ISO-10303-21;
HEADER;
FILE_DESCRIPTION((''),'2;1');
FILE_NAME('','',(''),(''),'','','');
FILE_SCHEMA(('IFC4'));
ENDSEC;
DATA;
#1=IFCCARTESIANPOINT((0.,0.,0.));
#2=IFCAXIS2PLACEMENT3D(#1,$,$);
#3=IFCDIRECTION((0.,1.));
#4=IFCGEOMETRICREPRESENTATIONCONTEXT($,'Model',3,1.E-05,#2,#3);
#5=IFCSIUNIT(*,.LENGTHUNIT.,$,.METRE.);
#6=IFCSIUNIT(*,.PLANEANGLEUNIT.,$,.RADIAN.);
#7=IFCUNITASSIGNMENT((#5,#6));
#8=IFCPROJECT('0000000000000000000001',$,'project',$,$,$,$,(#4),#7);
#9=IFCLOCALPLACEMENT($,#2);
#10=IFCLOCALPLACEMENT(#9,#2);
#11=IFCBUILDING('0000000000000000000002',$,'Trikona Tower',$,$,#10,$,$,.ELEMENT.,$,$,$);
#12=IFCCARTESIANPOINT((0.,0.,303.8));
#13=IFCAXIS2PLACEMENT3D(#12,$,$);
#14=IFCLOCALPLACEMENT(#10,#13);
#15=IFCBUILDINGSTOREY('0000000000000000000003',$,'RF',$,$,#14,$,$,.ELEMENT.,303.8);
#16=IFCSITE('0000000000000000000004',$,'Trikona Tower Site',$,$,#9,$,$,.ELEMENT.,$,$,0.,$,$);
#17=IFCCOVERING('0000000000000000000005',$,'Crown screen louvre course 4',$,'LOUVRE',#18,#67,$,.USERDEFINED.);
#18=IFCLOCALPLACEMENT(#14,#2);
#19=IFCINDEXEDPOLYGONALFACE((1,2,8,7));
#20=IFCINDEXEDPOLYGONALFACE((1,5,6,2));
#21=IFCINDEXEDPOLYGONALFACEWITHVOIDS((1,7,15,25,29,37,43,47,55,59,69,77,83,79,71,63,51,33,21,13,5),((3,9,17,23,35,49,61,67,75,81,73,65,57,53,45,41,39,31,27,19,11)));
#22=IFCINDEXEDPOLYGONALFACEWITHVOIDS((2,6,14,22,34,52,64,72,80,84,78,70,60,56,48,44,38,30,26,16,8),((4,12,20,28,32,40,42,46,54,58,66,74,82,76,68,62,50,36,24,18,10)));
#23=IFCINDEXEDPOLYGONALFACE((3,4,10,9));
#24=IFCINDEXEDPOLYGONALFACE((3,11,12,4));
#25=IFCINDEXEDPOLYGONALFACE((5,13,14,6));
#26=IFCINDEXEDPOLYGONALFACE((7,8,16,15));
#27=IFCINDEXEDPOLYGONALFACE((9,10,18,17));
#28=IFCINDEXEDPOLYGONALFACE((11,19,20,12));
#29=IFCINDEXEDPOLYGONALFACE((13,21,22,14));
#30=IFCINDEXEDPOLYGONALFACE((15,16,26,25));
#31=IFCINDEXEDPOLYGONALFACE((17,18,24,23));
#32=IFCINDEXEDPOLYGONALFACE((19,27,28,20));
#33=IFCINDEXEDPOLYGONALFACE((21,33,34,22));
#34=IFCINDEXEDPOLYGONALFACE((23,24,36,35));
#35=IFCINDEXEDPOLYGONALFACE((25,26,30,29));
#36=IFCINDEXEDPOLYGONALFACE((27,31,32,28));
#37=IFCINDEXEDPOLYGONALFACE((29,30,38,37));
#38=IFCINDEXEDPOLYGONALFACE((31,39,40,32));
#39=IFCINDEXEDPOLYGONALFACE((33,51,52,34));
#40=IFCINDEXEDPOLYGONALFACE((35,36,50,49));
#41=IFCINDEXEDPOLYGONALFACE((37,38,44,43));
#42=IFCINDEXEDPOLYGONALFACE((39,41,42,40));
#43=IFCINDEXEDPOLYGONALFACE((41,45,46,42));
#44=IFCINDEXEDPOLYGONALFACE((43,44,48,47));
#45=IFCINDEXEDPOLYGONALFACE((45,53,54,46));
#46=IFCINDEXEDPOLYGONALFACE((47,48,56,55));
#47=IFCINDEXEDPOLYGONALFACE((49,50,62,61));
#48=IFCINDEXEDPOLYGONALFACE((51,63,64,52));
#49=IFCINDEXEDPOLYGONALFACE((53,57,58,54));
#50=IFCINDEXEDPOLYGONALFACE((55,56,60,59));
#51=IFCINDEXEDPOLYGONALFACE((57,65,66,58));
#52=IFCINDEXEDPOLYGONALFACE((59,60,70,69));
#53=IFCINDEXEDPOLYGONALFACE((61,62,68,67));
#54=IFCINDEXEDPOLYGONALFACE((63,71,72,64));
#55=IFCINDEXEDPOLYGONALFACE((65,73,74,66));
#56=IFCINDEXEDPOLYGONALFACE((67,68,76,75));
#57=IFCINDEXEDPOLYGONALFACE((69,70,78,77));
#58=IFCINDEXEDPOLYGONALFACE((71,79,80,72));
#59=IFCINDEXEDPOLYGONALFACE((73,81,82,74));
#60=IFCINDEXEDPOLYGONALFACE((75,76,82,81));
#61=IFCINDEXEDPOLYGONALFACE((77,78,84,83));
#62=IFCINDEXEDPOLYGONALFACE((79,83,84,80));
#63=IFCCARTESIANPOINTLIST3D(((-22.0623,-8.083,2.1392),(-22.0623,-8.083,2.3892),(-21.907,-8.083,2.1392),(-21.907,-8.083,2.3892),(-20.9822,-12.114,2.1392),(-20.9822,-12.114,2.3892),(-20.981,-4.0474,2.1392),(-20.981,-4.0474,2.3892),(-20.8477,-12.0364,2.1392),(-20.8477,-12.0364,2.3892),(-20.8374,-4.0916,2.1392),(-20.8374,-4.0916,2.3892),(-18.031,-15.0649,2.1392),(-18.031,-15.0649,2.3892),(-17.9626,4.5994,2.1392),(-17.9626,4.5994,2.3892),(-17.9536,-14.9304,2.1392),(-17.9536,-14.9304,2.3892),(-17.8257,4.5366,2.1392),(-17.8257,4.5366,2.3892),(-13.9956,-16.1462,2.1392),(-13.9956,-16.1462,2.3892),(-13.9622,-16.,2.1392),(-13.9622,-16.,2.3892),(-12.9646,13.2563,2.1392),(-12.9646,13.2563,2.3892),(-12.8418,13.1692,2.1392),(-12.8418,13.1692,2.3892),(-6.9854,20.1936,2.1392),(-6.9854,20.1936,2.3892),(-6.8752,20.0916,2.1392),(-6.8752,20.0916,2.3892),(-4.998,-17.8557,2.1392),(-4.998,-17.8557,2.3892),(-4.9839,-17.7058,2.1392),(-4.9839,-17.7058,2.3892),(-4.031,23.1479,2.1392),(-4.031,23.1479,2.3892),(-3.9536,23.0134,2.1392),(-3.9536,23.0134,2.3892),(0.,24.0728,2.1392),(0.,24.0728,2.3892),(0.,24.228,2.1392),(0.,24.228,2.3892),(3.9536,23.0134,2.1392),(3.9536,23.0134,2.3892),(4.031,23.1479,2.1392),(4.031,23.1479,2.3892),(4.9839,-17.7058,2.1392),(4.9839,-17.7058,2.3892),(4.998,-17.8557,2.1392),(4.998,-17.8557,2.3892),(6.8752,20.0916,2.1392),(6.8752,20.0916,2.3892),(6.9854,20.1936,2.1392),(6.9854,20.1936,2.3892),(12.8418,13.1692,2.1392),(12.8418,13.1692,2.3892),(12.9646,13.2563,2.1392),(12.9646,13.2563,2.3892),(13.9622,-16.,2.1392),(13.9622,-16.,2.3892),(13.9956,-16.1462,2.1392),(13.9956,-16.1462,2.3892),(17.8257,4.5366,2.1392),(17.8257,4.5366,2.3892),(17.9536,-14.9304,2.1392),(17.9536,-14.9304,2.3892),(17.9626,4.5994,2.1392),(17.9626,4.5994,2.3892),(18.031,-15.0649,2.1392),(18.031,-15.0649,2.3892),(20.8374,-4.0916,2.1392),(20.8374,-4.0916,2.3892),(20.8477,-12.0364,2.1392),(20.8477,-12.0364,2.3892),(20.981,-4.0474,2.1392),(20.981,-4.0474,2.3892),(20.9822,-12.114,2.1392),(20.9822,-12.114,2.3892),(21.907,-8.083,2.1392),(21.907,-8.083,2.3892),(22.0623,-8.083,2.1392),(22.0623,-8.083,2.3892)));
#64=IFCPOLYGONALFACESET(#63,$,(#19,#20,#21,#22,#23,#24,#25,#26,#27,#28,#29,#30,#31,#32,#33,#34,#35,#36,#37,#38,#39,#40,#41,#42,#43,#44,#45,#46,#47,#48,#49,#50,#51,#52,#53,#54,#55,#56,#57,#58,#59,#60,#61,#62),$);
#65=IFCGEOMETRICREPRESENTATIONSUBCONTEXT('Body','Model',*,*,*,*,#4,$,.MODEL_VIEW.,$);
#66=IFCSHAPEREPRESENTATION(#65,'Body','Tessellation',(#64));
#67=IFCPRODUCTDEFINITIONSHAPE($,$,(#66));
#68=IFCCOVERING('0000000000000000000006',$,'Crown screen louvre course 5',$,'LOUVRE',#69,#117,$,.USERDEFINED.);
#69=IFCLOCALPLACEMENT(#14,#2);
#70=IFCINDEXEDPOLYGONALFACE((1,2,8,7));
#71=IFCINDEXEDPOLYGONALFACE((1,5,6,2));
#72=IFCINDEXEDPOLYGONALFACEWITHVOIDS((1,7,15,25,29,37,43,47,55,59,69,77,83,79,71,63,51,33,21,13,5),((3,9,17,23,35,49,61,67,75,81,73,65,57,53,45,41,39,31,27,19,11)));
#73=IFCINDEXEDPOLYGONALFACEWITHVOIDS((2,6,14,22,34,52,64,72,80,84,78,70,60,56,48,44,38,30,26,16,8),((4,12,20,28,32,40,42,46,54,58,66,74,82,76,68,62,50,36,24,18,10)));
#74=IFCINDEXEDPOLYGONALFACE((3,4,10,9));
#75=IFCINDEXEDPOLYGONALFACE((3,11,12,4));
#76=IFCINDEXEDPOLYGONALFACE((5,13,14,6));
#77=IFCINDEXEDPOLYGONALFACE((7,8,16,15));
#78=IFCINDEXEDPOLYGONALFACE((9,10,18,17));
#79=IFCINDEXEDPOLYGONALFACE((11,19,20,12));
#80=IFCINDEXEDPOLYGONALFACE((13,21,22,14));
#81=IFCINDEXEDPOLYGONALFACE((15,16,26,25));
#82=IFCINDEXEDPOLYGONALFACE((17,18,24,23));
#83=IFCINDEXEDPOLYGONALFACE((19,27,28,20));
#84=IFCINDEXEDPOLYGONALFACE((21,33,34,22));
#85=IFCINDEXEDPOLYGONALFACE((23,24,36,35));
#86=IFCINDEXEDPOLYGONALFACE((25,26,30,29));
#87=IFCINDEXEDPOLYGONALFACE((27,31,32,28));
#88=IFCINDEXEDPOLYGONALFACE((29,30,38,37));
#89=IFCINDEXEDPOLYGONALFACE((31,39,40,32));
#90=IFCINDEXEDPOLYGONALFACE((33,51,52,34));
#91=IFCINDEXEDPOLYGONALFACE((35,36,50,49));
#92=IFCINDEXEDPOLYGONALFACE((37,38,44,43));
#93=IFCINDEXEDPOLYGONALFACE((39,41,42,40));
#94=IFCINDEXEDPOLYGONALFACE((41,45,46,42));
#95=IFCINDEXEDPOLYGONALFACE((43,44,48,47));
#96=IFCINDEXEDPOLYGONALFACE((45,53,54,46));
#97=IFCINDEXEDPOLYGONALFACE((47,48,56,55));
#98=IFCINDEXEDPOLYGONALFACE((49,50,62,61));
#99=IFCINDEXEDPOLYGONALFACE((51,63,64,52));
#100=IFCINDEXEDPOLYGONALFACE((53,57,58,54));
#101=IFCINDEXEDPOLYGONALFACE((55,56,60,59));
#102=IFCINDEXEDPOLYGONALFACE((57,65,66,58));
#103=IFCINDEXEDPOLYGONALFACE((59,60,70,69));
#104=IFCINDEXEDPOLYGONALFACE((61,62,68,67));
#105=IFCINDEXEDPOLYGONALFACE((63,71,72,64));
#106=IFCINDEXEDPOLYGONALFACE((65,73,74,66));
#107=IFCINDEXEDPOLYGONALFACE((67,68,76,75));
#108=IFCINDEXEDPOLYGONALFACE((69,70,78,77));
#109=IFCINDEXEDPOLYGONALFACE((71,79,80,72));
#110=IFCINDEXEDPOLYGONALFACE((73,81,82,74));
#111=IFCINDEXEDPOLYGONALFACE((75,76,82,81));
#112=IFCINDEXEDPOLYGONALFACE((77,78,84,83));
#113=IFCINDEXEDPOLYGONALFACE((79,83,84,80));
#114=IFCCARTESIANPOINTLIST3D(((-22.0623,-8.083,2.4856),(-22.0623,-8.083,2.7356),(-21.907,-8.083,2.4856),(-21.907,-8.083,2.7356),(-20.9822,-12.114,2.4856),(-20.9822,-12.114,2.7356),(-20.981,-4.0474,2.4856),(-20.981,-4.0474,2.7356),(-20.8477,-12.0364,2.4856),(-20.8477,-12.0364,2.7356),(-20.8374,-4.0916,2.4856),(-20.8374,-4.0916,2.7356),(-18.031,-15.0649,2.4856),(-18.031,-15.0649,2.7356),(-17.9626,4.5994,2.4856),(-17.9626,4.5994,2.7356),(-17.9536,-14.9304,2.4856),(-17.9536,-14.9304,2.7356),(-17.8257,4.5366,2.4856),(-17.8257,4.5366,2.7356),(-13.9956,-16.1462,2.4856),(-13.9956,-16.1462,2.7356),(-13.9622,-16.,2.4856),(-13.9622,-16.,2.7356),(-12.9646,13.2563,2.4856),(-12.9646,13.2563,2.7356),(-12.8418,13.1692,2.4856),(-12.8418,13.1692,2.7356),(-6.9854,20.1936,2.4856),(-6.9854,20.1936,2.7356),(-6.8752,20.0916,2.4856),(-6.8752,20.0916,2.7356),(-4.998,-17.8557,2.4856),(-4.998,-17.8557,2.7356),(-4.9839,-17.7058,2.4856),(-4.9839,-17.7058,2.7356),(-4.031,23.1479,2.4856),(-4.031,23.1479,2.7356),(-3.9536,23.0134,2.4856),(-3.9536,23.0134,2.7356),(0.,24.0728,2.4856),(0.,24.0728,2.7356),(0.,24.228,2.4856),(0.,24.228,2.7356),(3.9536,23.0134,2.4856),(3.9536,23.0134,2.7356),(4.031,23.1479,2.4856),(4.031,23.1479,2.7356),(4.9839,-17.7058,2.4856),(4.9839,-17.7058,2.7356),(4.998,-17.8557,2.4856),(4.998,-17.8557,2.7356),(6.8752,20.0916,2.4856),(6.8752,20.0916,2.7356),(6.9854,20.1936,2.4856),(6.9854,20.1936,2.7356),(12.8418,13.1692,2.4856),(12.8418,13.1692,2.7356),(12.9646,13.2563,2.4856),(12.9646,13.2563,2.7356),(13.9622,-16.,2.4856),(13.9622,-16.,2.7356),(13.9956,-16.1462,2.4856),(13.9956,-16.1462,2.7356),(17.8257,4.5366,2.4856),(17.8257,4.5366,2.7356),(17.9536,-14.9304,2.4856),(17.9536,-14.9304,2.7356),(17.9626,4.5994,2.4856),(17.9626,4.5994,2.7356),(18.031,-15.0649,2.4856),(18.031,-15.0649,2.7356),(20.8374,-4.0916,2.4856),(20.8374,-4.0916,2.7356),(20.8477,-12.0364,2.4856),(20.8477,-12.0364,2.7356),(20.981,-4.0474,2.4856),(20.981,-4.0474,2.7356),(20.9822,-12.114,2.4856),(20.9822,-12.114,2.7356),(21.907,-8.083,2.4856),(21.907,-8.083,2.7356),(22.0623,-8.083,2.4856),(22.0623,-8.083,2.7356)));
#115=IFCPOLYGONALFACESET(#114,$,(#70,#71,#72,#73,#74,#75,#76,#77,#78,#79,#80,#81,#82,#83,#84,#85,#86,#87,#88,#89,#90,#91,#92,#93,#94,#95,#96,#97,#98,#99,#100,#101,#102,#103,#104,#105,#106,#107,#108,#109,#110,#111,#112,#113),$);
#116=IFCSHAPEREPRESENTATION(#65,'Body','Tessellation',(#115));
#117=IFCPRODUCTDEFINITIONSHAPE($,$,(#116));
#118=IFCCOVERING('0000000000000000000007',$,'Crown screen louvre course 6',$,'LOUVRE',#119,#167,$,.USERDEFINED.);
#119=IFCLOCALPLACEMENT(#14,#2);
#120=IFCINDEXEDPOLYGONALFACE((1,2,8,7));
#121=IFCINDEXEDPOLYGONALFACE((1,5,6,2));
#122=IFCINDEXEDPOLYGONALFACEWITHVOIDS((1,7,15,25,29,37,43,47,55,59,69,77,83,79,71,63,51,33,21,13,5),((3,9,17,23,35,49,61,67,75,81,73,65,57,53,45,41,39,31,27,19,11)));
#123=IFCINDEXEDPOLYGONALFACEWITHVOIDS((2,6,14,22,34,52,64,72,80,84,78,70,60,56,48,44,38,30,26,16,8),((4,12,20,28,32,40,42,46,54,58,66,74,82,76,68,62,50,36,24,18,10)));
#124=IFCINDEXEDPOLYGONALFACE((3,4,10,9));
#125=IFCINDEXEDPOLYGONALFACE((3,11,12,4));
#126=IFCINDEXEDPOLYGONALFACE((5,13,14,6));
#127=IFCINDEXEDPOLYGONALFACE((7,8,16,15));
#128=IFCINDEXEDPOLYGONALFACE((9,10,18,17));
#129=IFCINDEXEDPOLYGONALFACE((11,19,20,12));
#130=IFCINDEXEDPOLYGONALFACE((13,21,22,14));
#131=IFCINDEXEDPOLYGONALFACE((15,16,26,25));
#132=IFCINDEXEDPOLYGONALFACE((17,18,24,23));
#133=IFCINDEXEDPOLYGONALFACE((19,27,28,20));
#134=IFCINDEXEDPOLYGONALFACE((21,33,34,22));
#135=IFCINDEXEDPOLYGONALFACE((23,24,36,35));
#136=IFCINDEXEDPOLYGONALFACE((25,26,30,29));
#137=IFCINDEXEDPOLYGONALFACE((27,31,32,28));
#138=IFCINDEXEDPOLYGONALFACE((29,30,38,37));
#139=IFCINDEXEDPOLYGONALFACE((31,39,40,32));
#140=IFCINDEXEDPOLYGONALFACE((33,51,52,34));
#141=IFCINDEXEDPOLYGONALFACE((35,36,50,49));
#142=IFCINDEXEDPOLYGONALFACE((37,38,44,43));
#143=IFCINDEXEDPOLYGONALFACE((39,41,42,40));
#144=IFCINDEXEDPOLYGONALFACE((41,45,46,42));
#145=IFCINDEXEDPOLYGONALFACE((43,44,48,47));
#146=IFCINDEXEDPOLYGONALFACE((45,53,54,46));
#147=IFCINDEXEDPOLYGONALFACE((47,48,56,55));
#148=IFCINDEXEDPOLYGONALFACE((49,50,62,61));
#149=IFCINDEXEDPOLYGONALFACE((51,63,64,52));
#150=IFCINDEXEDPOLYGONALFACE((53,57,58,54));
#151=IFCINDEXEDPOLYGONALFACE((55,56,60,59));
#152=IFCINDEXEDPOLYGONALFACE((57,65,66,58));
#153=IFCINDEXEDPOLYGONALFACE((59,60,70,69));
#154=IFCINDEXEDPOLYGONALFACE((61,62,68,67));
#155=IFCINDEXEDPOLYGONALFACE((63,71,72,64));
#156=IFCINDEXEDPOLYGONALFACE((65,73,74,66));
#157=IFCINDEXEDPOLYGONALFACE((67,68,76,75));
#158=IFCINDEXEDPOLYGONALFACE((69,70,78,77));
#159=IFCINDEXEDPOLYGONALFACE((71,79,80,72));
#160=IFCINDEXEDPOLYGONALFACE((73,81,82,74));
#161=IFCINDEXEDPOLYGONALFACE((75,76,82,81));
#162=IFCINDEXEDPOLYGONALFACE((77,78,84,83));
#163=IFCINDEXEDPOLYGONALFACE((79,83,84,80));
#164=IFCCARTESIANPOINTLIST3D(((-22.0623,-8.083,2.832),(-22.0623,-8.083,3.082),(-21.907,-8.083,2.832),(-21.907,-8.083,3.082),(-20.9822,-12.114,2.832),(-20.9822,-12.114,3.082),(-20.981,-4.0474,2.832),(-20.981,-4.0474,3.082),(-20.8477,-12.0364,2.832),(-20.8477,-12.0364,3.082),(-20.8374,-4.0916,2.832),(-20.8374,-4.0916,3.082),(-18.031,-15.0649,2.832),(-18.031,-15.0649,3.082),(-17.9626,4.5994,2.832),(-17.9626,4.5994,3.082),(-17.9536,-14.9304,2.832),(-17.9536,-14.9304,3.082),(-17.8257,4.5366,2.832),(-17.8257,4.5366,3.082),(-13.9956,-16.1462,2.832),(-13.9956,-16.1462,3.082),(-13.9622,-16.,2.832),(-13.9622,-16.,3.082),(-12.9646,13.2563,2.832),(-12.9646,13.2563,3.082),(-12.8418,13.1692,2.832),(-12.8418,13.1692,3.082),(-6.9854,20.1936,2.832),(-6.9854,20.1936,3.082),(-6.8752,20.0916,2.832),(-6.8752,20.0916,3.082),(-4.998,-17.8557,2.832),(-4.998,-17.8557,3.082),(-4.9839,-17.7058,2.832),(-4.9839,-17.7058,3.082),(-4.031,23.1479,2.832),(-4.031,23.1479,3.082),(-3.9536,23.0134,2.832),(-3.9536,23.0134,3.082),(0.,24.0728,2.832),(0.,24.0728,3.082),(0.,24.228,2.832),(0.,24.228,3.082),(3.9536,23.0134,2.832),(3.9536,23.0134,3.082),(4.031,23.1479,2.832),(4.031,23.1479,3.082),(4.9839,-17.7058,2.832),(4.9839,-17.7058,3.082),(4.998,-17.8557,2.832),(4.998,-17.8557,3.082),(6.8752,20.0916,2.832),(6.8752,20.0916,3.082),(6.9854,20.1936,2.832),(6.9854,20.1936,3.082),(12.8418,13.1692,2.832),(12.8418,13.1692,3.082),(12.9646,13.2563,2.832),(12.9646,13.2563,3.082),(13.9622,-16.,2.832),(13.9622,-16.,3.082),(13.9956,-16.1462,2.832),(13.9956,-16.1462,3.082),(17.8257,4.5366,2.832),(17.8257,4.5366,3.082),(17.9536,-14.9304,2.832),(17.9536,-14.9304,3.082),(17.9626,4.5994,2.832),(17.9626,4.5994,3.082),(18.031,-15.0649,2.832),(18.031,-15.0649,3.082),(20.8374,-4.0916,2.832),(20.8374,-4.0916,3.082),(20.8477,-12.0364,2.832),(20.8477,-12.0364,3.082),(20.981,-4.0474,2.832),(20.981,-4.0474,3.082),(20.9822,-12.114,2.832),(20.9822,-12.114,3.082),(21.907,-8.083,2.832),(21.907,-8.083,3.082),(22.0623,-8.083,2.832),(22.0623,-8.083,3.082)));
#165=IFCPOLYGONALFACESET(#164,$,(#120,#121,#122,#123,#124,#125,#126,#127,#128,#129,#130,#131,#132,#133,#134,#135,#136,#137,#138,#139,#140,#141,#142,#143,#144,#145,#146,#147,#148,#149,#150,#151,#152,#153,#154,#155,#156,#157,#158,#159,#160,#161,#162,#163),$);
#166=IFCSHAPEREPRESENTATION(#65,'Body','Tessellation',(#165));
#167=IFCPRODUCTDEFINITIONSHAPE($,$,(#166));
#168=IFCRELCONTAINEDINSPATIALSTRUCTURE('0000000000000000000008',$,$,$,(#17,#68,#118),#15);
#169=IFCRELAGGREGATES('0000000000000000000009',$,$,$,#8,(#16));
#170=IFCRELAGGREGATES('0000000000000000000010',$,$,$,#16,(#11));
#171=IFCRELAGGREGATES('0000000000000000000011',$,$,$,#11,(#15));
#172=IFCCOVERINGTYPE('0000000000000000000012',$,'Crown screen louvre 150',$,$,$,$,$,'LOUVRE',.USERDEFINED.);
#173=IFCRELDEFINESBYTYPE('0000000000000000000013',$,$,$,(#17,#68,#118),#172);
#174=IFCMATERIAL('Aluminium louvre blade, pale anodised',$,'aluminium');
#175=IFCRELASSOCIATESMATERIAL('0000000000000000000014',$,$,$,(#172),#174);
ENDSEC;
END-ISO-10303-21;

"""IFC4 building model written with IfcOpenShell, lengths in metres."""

from ifc_helpers import new_model, si_unit, direction, frame, origin, place, context, subcontext, project, spatial, polyline, outline, extrude, material, type_object, element, save


model = new_model("IFC4")

# Units and contexts
model_context = context("Model", 3, precision=1e-05, world=origin(), true_north=direction((0.0, 1.0)))
body_context = subcontext(model_context, "Body", "Model", "MODEL_VIEW")
ifc_project = project(units=[si_unit("LENGTHUNIT", "METRE"), si_unit("PLANEANGLEUNIT", "RADIAN")], contexts=[model_context])

# Site, building, storey
site_placement = place(None, origin())
site = spatial("IfcSite", under=ifc_project, at=site_placement, Name="Trikona Tower Site", CompositionType="ELEMENT", RefElevation=0.0)
building_placement = place(site_placement, origin())
building = spatial("IfcBuilding", under=site, at=building_placement, Name="Trikona Tower", CompositionType="ELEMENT")
storey_placement = place(building_placement, frame((0.0, 0.0, 303.8)))
storey = spatial("IfcBuildingStorey", under=building, at=storey_placement, Name="RF", CompositionType="ELEMENT", Elevation=303.8)

# Coverings
ifc_material_1 = material(Name="Aluminium louvre blade, pale anodised", Category="aluminium")
covering_type_1 = type_object("IfcCoveringType", Name="Crown screen louvre 150", ElementType="LOUVRE", PredefinedType="USERDEFINED", material=ifc_material_1)
for number, where, name in (
    (1, (0.0, 0.0, 2.1392), "Crown screen louvre course 4"),
    (2, (0.0, 0.0, 2.4856), "Crown screen louvre course 5"),
    (3, (0.0, 0.0, 2.832), "Crown screen louvre course 6"),
):
    element("IfcCovering", number, at=place(storey_placement, frame(where)), inside=storey, type_object=covering_type_1, Name=name, ObjectType="LOUVRE", PredefinedType="USERDEFINED", context=body_context, shape_type="SweptSolid", body=[
        extrude(outline(polyline([(-13.9956, -16.1462), (-18.031, -15.0649), (-20.9822, -12.114), (-22.0623, -8.083), (-20.981, -4.0474), (-17.9626, 4.5994), (-12.9646, 13.2563), (-6.9854, 20.1936), (-4.031, 23.1479), (0.0, 24.228), (4.031, 23.1479), (6.9854, 20.1936), (12.9646, 13.2563), (17.9626, 4.5994), (20.981, -4.0474), (22.0623, -8.083), (20.9822, -12.114), (18.031, -15.0649), (13.9956, -16.1462), (4.998, -17.8557), (-4.998, -17.8557), (-13.9956, -16.1462)]), holes=[polyline([(-13.9622, -16.0), (-17.9536, -14.9304), (-20.8477, -12.0364), (-21.907, -8.083), (-20.8374, -4.0916), (-17.8257, 4.5366), (-12.8418, 13.1692), (-6.8752, 20.0916), (-3.9536, 23.0134), (0.0, 24.0728), (3.9536, 23.0134), (6.8752, 20.0916), (12.8418, 13.1692), (17.8257, 4.5366), (20.8374, -4.0916), (21.907, -8.083), (20.8477, -12.0364), (17.9536, -14.9304), (13.9622, -16.0), (4.9839, -17.7058), (-4.9839, -17.7058), (-13.9622, -16.0)])]), origin(), (0.0, 0.0, 1.0), 0.25),
    ])

save(model, "model.ifc")
